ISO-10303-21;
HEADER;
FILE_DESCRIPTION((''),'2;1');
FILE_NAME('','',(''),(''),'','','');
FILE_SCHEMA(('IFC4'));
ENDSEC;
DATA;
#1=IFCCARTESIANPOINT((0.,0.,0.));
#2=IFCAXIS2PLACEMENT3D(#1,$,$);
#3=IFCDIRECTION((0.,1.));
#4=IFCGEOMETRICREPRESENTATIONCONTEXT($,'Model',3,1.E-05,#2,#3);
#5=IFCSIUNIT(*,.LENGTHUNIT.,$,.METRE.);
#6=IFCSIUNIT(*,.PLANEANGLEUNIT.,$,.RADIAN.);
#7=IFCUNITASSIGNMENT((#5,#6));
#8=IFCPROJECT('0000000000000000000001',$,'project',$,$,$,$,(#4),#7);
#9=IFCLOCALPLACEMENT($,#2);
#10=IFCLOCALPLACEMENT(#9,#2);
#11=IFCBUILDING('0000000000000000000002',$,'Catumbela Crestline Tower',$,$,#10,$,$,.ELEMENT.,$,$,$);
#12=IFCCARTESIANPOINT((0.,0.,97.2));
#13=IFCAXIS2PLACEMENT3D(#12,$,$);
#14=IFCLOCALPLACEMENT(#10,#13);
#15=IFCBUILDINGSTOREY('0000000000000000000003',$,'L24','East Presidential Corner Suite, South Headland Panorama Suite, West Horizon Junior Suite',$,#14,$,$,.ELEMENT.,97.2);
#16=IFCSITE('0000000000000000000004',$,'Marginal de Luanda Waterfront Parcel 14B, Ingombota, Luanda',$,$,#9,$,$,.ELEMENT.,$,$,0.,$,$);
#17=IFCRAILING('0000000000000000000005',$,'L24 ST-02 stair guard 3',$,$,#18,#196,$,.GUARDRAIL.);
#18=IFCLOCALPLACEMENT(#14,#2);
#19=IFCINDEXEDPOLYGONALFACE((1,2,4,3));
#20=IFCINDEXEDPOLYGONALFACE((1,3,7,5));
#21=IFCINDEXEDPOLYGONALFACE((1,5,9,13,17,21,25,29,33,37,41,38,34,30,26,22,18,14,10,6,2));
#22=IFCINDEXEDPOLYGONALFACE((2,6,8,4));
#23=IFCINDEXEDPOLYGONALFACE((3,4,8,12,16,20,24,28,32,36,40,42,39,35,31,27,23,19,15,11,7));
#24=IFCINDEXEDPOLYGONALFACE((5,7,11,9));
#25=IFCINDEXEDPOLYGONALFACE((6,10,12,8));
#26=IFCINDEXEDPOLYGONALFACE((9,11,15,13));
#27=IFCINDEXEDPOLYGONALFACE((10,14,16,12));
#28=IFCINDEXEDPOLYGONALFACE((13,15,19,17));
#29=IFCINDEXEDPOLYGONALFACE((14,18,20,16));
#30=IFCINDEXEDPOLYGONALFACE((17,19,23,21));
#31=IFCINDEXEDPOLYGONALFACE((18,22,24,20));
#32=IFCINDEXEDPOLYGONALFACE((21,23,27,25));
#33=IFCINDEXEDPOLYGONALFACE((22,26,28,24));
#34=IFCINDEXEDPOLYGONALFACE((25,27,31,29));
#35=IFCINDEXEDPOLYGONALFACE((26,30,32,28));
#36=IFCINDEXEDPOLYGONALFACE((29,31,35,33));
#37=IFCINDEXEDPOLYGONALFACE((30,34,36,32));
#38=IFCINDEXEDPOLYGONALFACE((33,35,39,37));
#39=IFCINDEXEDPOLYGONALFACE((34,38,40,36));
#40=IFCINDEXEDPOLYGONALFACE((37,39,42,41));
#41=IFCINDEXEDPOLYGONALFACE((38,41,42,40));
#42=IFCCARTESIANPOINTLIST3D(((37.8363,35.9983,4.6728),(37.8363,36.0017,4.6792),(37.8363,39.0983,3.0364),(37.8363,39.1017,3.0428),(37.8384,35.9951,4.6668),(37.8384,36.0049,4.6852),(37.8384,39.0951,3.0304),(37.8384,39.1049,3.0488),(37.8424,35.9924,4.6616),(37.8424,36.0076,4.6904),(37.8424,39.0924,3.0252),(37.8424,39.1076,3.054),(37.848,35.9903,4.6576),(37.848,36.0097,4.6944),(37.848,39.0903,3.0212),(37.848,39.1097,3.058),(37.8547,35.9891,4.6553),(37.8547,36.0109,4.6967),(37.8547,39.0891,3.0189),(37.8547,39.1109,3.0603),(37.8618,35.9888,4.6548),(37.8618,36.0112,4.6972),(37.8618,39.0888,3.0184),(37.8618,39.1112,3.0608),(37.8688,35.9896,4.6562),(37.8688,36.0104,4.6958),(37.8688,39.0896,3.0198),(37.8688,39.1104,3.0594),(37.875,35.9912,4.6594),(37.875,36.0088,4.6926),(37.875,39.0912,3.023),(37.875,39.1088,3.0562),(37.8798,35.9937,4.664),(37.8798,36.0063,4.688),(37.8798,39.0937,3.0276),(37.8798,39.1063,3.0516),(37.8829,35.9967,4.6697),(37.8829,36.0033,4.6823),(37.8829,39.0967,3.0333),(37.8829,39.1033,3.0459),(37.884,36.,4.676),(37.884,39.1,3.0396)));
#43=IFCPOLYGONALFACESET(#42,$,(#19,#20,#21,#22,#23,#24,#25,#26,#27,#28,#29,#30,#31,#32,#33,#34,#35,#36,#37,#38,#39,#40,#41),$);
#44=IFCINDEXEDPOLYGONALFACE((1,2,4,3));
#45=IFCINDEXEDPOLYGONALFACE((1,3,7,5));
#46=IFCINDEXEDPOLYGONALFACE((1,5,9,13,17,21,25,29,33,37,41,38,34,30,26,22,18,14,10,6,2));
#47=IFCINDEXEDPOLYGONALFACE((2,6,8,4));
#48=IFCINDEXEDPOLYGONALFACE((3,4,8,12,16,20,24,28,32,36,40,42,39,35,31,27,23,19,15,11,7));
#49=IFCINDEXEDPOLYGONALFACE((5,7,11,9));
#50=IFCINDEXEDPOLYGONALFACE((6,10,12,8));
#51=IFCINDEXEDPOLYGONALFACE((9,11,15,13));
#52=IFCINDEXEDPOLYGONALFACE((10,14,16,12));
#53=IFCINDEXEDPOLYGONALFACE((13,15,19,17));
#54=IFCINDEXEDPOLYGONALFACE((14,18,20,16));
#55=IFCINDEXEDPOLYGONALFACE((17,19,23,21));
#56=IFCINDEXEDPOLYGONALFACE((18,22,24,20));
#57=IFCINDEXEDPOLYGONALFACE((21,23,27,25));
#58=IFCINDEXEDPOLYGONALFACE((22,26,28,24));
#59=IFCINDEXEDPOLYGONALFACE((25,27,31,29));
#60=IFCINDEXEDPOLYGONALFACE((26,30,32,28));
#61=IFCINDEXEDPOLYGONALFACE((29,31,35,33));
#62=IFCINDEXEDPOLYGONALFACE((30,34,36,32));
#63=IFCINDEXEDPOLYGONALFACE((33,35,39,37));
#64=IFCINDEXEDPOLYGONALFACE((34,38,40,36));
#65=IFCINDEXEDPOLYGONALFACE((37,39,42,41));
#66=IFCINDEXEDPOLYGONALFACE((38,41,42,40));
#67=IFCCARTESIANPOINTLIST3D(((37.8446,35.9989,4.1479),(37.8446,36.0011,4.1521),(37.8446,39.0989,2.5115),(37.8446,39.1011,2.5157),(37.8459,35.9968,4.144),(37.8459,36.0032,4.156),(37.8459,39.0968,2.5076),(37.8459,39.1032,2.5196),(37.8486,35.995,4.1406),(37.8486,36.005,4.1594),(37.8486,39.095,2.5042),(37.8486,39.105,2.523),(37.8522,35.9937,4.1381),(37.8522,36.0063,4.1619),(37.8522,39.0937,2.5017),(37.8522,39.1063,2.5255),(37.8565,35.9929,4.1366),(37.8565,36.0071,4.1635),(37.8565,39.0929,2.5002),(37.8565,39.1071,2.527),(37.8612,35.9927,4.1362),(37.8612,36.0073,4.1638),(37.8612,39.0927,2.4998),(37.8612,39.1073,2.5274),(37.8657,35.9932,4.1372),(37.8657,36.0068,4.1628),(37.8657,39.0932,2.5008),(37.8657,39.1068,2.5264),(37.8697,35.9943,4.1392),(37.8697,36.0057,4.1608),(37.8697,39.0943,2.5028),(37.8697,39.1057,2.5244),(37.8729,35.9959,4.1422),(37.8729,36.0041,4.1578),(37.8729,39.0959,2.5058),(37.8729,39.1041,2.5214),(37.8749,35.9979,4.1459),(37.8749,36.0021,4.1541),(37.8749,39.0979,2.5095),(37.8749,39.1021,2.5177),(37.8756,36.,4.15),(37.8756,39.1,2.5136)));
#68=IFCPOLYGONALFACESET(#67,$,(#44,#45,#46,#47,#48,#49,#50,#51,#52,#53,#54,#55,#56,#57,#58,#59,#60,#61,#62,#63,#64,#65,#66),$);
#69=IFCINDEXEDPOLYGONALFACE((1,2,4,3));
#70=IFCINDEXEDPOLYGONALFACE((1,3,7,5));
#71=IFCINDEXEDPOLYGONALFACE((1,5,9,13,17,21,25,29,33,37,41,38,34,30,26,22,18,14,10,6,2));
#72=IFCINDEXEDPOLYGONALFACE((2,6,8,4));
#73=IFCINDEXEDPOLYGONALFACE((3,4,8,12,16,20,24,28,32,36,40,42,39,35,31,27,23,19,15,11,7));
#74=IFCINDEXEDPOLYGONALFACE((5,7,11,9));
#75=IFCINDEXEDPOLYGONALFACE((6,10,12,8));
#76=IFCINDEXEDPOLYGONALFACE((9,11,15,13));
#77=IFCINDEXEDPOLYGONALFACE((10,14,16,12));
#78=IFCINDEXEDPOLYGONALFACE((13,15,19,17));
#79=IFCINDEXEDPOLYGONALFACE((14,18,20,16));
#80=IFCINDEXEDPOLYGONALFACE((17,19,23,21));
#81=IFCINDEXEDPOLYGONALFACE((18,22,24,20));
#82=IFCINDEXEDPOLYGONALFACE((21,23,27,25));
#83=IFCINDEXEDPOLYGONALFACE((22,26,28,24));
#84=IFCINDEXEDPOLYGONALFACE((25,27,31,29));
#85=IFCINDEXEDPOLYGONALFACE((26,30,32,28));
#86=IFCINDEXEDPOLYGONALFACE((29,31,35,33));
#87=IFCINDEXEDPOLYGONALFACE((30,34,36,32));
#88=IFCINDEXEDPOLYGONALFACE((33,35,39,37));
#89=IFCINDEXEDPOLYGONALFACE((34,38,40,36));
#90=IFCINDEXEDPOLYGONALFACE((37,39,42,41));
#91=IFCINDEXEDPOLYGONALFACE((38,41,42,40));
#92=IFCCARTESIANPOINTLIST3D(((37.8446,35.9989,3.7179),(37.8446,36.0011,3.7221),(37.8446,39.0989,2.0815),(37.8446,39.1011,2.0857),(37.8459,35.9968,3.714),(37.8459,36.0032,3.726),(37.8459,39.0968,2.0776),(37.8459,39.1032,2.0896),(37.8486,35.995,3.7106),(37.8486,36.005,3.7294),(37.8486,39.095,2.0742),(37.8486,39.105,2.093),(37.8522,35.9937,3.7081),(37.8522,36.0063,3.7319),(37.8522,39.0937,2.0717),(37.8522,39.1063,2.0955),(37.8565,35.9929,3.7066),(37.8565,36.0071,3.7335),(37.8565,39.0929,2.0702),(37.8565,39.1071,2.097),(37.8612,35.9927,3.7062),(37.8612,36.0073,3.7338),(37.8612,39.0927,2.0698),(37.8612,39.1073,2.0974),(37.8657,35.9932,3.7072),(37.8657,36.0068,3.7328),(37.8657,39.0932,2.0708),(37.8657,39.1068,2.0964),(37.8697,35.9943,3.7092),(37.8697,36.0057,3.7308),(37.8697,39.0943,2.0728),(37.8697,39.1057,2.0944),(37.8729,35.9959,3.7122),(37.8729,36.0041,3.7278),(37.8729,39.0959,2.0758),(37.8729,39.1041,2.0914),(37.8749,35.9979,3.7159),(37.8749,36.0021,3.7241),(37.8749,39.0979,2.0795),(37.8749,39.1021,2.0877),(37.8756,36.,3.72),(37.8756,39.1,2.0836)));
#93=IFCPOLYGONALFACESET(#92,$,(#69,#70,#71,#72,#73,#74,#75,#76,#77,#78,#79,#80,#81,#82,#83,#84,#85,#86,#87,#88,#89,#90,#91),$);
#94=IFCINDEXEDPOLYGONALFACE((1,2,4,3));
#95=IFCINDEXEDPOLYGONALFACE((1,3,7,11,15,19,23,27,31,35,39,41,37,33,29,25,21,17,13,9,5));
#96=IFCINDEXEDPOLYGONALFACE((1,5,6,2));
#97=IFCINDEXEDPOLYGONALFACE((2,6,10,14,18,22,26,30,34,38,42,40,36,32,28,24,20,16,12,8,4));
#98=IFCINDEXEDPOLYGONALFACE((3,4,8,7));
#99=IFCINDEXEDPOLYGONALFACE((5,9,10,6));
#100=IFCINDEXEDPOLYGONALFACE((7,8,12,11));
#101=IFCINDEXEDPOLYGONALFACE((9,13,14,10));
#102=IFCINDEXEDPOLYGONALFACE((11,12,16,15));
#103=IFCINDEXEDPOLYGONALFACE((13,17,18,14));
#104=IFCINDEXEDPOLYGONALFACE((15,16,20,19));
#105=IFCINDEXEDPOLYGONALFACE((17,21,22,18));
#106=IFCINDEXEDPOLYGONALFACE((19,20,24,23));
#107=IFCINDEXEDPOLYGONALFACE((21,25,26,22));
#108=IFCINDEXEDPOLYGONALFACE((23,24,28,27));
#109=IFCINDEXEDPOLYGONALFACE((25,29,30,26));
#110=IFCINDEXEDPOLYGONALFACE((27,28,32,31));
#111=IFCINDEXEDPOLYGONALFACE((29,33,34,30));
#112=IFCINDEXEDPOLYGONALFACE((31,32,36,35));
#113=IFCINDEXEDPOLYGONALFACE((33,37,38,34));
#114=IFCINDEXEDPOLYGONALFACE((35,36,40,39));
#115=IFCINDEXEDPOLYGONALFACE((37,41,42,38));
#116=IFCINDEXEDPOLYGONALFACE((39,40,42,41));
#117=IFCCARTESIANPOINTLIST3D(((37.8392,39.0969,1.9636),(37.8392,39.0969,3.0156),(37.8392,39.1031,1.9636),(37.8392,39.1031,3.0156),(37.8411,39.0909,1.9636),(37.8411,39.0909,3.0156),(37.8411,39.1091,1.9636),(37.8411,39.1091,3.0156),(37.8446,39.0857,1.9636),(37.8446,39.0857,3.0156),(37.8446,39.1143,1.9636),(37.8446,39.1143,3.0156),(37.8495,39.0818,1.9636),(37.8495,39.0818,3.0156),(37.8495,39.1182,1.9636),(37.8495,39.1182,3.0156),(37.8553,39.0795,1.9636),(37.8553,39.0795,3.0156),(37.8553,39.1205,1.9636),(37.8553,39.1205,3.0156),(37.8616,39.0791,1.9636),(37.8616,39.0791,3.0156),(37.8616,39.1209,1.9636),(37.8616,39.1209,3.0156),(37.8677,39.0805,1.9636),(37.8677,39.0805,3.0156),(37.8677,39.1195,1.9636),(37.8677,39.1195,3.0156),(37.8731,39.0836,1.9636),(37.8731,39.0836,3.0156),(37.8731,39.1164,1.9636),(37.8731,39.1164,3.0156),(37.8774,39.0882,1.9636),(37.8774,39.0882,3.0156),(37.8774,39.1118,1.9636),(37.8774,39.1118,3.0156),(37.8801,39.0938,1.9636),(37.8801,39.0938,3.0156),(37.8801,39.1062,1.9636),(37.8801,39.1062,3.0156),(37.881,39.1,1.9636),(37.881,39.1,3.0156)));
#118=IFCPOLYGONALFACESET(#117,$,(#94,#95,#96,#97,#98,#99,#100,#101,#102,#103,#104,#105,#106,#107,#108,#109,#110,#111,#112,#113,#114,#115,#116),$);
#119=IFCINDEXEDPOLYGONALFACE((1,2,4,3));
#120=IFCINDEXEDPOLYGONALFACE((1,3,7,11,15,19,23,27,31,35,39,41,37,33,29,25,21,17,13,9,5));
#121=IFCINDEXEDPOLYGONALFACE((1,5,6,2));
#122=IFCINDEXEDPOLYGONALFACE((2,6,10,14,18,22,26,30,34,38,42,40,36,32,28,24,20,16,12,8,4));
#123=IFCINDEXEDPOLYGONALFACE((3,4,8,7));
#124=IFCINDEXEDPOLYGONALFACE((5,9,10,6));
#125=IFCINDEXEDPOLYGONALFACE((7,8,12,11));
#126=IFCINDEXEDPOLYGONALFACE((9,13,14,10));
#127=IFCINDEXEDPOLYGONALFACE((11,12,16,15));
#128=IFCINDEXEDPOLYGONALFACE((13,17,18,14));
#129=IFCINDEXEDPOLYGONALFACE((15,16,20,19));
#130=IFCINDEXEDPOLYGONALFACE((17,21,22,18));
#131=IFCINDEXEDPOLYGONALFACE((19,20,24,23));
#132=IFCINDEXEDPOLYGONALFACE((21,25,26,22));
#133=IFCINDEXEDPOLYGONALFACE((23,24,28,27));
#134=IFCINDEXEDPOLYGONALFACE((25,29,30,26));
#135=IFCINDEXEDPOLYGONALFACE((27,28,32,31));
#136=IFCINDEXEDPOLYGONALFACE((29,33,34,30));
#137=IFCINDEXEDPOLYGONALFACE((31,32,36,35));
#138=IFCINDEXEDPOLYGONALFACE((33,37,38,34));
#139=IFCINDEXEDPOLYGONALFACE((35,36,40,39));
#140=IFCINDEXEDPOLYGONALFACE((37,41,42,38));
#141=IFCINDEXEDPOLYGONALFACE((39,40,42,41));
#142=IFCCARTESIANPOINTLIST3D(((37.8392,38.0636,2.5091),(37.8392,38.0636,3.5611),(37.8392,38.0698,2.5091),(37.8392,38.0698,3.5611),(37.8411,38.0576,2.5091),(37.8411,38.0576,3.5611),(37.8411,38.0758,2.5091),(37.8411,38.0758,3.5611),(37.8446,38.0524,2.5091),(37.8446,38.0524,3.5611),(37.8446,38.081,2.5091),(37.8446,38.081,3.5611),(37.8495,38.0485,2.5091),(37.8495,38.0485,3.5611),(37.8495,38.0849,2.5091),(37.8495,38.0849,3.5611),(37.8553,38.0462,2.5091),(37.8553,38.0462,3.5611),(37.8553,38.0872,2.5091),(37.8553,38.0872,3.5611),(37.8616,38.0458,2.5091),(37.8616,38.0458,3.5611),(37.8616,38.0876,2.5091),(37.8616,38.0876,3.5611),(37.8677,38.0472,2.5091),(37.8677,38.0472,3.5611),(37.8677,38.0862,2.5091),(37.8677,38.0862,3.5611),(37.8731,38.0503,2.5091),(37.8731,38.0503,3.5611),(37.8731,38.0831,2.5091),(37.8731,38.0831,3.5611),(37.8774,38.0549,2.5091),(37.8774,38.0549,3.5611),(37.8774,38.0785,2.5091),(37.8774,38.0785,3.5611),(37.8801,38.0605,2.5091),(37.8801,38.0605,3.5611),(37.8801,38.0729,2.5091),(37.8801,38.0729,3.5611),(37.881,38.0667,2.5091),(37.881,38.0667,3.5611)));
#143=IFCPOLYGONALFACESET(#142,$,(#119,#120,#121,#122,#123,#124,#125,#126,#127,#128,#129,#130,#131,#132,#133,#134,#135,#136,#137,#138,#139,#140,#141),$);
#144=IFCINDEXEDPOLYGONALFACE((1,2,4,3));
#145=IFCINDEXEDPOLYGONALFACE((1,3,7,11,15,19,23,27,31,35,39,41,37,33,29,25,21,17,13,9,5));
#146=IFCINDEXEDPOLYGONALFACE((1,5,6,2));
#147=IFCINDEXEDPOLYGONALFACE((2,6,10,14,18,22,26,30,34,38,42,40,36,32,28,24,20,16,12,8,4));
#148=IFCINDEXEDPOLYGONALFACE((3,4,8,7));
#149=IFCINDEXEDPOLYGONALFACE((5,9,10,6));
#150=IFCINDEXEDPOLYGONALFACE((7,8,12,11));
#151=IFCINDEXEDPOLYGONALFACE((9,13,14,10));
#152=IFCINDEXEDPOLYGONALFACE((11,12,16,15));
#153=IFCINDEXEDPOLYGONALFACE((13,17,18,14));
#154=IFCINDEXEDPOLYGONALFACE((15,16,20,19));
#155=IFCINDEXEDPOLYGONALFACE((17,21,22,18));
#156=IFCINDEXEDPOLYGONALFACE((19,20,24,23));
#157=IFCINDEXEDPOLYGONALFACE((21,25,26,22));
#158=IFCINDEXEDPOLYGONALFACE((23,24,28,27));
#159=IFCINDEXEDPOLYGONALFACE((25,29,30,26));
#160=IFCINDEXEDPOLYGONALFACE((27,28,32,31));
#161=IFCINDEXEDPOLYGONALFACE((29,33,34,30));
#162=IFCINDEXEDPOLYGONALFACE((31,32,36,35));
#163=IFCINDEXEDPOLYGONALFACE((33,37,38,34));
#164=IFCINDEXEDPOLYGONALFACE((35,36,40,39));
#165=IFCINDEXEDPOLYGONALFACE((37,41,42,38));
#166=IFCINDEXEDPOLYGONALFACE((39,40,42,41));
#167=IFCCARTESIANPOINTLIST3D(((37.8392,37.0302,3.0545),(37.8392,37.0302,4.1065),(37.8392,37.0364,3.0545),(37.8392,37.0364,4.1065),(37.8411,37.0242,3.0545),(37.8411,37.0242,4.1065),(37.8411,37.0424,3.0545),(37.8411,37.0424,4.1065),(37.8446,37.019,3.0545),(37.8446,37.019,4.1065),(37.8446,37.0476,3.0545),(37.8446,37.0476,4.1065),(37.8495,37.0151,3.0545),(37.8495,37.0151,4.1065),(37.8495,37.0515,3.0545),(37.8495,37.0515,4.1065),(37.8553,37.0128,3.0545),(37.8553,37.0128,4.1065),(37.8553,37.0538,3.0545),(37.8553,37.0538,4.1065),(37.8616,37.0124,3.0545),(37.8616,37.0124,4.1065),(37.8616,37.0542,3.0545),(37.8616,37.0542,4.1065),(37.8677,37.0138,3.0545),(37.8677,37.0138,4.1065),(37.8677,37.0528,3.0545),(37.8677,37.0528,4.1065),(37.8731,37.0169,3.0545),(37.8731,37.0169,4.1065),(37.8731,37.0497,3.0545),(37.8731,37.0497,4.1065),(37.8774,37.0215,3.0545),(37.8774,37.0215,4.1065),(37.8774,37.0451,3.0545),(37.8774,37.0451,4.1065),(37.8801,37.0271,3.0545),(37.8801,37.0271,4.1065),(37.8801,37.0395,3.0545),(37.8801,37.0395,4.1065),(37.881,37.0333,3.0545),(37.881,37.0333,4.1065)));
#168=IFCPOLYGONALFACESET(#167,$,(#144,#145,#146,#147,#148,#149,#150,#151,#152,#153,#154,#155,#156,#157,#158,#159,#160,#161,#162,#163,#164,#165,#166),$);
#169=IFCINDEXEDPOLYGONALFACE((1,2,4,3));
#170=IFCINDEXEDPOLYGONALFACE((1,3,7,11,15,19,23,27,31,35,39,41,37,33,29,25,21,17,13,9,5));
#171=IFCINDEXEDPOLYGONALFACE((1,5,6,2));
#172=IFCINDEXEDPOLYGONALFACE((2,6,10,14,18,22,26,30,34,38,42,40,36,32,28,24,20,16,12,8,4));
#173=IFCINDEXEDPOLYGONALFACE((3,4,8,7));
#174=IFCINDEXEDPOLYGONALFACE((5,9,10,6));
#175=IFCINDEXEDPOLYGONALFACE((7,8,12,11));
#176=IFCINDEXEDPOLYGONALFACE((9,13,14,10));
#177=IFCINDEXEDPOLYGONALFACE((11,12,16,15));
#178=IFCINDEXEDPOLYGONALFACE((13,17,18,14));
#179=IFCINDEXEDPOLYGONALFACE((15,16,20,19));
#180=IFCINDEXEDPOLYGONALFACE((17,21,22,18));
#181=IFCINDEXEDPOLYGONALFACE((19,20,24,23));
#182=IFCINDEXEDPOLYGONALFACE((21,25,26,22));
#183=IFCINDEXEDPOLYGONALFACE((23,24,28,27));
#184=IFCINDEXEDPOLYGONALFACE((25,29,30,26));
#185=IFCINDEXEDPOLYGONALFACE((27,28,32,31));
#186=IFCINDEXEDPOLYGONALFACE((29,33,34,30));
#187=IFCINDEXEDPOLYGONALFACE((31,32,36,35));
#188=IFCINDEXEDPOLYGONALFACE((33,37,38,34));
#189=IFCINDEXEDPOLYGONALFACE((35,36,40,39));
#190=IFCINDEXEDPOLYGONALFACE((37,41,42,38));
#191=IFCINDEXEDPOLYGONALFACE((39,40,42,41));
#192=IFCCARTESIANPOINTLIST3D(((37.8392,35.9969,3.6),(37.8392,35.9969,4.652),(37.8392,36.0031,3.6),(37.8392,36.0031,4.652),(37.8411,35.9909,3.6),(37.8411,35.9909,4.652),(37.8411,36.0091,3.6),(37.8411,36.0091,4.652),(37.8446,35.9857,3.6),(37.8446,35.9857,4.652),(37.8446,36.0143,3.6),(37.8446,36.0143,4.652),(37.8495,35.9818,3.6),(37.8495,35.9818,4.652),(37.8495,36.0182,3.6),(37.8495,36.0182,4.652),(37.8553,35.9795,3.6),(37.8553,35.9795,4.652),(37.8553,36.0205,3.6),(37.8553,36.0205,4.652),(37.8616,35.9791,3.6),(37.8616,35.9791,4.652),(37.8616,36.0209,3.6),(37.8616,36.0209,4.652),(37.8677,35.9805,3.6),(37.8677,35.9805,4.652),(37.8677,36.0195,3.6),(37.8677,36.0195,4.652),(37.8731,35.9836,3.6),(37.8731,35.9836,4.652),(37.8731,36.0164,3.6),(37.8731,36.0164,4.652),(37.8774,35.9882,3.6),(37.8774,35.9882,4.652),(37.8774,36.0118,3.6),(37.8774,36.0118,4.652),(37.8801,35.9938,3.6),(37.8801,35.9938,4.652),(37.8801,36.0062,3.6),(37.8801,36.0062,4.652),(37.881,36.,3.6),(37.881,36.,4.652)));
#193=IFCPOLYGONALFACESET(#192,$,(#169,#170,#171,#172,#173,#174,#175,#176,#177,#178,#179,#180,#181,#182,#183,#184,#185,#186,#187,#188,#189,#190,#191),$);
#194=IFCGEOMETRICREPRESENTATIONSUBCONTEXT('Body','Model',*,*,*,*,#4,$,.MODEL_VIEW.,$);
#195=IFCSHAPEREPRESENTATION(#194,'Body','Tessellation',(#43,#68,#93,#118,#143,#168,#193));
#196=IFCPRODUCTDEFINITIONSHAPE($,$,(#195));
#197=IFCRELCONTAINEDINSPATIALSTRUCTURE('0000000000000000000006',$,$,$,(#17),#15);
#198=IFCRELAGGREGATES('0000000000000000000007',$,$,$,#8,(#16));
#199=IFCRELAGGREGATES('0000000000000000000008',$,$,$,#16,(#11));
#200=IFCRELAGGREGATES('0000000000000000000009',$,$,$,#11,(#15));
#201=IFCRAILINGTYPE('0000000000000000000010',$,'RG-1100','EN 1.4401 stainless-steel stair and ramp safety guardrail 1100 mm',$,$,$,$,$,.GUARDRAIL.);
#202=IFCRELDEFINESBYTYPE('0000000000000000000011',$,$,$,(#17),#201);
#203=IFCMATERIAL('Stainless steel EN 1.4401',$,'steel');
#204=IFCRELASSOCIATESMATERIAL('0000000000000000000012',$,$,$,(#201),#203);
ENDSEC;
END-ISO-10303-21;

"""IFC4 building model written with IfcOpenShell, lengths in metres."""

from ifc_helpers import new_model, si_unit, direction, frame, origin, origin_2d, place, context, subcontext, project, spatial, circle, extrude, material, type_object, element, save


model = new_model("IFC4")

# Units and contexts
model_context = context("Model", 3, precision=1e-05, world=origin(), true_north=direction((0.0, 1.0)))
body_context = subcontext(model_context, "Body", "Model", "MODEL_VIEW")
ifc_project = project(units=[si_unit("LENGTHUNIT", "METRE"), si_unit("PLANEANGLEUNIT", "RADIAN")], contexts=[model_context])

# Site, building, storey
site_placement = place(None, origin())
site = spatial("IfcSite", under=ifc_project, at=site_placement, Name="Marginal de Luanda Waterfront Parcel 14B, Ingombota, Luanda", CompositionType="ELEMENT", RefElevation=0.0)
building_placement = place(site_placement, origin())
building = spatial("IfcBuilding", under=site, at=building_placement, Name="Catumbela Crestline Tower", CompositionType="ELEMENT")
storey_placement = place(building_placement, frame((0.0, 0.0, 97.2)))
storey = spatial("IfcBuildingStorey", under=building, at=storey_placement, Name="L24", Description="East Presidential Corner Suite, South Headland Panorama Suite, West Horizon Junior Suite", CompositionType="ELEMENT", Elevation=97.2)

# Shared definitions
ifc_material_1 = material(Name="Stainless steel EN 1.4401", Category="steel")

# Railing
railing_type_1 = type_object("IfcRailingType", Name="RG-1100", Description="EN 1.4401 stainless-steel stair and ramp safety guardrail 1100 mm", PredefinedType="GUARDRAIL", material=ifc_material_1)
railing_1_placement = place(storey_placement, frame((37.86, 39.1, 1.9636)))
element("IfcRailing", 1, at=railing_1_placement, inside=storey, type_object=railing_type_1, Name="L24 ST-02 stair guard 3", PredefinedType="GUARDRAIL", context=body_context, shape_type="SweptSolid", body=[
    extrude(circle(Radius=0.024, at=origin_2d()), frame((0.0, 0.0, 1.076), z_axis=(0.0, -0.884351, 0.466823), x_axis=(1.0, 0.0, 0.0)), (0.0, 0.0, 1.0), 3.5054),
    extrude(circle(Radius=0.0156, at=origin_2d()), frame((0.0, 0.0, 0.55), z_axis=(0.0, -0.884351, 0.466823), x_axis=(1.0, 0.0, 0.0)), (0.0, 0.0, 1.0), 3.5054),
    extrude(circle(Radius=0.0156, at=origin_2d()), frame((0.0, 0.0, 0.12), z_axis=(0.0, -0.884351, 0.466823), x_axis=(1.0, 0.0, 0.0)), (0.0, 0.0, 1.0), 3.5054),
    extrude(circle(Radius=0.021, at=origin_2d()), origin(), (0.0, 0.0, 1.0), 1.052),
    extrude(circle(Radius=0.021, at=origin_2d()), frame((0.0, -1.0333, 0.5455)), (0.0, 0.0, 1.0), 1.052),
    extrude(circle(Radius=0.021, at=origin_2d()), frame((0.0, -2.0667, 1.0909)), (0.0, 0.0, 1.0), 1.052),
    extrude(circle(Radius=0.021, at=origin_2d()), frame((0.0, -3.1, 1.6364)), (0.0, 0.0, 1.0), 1.052),
])

save(model, "model.ifc")
